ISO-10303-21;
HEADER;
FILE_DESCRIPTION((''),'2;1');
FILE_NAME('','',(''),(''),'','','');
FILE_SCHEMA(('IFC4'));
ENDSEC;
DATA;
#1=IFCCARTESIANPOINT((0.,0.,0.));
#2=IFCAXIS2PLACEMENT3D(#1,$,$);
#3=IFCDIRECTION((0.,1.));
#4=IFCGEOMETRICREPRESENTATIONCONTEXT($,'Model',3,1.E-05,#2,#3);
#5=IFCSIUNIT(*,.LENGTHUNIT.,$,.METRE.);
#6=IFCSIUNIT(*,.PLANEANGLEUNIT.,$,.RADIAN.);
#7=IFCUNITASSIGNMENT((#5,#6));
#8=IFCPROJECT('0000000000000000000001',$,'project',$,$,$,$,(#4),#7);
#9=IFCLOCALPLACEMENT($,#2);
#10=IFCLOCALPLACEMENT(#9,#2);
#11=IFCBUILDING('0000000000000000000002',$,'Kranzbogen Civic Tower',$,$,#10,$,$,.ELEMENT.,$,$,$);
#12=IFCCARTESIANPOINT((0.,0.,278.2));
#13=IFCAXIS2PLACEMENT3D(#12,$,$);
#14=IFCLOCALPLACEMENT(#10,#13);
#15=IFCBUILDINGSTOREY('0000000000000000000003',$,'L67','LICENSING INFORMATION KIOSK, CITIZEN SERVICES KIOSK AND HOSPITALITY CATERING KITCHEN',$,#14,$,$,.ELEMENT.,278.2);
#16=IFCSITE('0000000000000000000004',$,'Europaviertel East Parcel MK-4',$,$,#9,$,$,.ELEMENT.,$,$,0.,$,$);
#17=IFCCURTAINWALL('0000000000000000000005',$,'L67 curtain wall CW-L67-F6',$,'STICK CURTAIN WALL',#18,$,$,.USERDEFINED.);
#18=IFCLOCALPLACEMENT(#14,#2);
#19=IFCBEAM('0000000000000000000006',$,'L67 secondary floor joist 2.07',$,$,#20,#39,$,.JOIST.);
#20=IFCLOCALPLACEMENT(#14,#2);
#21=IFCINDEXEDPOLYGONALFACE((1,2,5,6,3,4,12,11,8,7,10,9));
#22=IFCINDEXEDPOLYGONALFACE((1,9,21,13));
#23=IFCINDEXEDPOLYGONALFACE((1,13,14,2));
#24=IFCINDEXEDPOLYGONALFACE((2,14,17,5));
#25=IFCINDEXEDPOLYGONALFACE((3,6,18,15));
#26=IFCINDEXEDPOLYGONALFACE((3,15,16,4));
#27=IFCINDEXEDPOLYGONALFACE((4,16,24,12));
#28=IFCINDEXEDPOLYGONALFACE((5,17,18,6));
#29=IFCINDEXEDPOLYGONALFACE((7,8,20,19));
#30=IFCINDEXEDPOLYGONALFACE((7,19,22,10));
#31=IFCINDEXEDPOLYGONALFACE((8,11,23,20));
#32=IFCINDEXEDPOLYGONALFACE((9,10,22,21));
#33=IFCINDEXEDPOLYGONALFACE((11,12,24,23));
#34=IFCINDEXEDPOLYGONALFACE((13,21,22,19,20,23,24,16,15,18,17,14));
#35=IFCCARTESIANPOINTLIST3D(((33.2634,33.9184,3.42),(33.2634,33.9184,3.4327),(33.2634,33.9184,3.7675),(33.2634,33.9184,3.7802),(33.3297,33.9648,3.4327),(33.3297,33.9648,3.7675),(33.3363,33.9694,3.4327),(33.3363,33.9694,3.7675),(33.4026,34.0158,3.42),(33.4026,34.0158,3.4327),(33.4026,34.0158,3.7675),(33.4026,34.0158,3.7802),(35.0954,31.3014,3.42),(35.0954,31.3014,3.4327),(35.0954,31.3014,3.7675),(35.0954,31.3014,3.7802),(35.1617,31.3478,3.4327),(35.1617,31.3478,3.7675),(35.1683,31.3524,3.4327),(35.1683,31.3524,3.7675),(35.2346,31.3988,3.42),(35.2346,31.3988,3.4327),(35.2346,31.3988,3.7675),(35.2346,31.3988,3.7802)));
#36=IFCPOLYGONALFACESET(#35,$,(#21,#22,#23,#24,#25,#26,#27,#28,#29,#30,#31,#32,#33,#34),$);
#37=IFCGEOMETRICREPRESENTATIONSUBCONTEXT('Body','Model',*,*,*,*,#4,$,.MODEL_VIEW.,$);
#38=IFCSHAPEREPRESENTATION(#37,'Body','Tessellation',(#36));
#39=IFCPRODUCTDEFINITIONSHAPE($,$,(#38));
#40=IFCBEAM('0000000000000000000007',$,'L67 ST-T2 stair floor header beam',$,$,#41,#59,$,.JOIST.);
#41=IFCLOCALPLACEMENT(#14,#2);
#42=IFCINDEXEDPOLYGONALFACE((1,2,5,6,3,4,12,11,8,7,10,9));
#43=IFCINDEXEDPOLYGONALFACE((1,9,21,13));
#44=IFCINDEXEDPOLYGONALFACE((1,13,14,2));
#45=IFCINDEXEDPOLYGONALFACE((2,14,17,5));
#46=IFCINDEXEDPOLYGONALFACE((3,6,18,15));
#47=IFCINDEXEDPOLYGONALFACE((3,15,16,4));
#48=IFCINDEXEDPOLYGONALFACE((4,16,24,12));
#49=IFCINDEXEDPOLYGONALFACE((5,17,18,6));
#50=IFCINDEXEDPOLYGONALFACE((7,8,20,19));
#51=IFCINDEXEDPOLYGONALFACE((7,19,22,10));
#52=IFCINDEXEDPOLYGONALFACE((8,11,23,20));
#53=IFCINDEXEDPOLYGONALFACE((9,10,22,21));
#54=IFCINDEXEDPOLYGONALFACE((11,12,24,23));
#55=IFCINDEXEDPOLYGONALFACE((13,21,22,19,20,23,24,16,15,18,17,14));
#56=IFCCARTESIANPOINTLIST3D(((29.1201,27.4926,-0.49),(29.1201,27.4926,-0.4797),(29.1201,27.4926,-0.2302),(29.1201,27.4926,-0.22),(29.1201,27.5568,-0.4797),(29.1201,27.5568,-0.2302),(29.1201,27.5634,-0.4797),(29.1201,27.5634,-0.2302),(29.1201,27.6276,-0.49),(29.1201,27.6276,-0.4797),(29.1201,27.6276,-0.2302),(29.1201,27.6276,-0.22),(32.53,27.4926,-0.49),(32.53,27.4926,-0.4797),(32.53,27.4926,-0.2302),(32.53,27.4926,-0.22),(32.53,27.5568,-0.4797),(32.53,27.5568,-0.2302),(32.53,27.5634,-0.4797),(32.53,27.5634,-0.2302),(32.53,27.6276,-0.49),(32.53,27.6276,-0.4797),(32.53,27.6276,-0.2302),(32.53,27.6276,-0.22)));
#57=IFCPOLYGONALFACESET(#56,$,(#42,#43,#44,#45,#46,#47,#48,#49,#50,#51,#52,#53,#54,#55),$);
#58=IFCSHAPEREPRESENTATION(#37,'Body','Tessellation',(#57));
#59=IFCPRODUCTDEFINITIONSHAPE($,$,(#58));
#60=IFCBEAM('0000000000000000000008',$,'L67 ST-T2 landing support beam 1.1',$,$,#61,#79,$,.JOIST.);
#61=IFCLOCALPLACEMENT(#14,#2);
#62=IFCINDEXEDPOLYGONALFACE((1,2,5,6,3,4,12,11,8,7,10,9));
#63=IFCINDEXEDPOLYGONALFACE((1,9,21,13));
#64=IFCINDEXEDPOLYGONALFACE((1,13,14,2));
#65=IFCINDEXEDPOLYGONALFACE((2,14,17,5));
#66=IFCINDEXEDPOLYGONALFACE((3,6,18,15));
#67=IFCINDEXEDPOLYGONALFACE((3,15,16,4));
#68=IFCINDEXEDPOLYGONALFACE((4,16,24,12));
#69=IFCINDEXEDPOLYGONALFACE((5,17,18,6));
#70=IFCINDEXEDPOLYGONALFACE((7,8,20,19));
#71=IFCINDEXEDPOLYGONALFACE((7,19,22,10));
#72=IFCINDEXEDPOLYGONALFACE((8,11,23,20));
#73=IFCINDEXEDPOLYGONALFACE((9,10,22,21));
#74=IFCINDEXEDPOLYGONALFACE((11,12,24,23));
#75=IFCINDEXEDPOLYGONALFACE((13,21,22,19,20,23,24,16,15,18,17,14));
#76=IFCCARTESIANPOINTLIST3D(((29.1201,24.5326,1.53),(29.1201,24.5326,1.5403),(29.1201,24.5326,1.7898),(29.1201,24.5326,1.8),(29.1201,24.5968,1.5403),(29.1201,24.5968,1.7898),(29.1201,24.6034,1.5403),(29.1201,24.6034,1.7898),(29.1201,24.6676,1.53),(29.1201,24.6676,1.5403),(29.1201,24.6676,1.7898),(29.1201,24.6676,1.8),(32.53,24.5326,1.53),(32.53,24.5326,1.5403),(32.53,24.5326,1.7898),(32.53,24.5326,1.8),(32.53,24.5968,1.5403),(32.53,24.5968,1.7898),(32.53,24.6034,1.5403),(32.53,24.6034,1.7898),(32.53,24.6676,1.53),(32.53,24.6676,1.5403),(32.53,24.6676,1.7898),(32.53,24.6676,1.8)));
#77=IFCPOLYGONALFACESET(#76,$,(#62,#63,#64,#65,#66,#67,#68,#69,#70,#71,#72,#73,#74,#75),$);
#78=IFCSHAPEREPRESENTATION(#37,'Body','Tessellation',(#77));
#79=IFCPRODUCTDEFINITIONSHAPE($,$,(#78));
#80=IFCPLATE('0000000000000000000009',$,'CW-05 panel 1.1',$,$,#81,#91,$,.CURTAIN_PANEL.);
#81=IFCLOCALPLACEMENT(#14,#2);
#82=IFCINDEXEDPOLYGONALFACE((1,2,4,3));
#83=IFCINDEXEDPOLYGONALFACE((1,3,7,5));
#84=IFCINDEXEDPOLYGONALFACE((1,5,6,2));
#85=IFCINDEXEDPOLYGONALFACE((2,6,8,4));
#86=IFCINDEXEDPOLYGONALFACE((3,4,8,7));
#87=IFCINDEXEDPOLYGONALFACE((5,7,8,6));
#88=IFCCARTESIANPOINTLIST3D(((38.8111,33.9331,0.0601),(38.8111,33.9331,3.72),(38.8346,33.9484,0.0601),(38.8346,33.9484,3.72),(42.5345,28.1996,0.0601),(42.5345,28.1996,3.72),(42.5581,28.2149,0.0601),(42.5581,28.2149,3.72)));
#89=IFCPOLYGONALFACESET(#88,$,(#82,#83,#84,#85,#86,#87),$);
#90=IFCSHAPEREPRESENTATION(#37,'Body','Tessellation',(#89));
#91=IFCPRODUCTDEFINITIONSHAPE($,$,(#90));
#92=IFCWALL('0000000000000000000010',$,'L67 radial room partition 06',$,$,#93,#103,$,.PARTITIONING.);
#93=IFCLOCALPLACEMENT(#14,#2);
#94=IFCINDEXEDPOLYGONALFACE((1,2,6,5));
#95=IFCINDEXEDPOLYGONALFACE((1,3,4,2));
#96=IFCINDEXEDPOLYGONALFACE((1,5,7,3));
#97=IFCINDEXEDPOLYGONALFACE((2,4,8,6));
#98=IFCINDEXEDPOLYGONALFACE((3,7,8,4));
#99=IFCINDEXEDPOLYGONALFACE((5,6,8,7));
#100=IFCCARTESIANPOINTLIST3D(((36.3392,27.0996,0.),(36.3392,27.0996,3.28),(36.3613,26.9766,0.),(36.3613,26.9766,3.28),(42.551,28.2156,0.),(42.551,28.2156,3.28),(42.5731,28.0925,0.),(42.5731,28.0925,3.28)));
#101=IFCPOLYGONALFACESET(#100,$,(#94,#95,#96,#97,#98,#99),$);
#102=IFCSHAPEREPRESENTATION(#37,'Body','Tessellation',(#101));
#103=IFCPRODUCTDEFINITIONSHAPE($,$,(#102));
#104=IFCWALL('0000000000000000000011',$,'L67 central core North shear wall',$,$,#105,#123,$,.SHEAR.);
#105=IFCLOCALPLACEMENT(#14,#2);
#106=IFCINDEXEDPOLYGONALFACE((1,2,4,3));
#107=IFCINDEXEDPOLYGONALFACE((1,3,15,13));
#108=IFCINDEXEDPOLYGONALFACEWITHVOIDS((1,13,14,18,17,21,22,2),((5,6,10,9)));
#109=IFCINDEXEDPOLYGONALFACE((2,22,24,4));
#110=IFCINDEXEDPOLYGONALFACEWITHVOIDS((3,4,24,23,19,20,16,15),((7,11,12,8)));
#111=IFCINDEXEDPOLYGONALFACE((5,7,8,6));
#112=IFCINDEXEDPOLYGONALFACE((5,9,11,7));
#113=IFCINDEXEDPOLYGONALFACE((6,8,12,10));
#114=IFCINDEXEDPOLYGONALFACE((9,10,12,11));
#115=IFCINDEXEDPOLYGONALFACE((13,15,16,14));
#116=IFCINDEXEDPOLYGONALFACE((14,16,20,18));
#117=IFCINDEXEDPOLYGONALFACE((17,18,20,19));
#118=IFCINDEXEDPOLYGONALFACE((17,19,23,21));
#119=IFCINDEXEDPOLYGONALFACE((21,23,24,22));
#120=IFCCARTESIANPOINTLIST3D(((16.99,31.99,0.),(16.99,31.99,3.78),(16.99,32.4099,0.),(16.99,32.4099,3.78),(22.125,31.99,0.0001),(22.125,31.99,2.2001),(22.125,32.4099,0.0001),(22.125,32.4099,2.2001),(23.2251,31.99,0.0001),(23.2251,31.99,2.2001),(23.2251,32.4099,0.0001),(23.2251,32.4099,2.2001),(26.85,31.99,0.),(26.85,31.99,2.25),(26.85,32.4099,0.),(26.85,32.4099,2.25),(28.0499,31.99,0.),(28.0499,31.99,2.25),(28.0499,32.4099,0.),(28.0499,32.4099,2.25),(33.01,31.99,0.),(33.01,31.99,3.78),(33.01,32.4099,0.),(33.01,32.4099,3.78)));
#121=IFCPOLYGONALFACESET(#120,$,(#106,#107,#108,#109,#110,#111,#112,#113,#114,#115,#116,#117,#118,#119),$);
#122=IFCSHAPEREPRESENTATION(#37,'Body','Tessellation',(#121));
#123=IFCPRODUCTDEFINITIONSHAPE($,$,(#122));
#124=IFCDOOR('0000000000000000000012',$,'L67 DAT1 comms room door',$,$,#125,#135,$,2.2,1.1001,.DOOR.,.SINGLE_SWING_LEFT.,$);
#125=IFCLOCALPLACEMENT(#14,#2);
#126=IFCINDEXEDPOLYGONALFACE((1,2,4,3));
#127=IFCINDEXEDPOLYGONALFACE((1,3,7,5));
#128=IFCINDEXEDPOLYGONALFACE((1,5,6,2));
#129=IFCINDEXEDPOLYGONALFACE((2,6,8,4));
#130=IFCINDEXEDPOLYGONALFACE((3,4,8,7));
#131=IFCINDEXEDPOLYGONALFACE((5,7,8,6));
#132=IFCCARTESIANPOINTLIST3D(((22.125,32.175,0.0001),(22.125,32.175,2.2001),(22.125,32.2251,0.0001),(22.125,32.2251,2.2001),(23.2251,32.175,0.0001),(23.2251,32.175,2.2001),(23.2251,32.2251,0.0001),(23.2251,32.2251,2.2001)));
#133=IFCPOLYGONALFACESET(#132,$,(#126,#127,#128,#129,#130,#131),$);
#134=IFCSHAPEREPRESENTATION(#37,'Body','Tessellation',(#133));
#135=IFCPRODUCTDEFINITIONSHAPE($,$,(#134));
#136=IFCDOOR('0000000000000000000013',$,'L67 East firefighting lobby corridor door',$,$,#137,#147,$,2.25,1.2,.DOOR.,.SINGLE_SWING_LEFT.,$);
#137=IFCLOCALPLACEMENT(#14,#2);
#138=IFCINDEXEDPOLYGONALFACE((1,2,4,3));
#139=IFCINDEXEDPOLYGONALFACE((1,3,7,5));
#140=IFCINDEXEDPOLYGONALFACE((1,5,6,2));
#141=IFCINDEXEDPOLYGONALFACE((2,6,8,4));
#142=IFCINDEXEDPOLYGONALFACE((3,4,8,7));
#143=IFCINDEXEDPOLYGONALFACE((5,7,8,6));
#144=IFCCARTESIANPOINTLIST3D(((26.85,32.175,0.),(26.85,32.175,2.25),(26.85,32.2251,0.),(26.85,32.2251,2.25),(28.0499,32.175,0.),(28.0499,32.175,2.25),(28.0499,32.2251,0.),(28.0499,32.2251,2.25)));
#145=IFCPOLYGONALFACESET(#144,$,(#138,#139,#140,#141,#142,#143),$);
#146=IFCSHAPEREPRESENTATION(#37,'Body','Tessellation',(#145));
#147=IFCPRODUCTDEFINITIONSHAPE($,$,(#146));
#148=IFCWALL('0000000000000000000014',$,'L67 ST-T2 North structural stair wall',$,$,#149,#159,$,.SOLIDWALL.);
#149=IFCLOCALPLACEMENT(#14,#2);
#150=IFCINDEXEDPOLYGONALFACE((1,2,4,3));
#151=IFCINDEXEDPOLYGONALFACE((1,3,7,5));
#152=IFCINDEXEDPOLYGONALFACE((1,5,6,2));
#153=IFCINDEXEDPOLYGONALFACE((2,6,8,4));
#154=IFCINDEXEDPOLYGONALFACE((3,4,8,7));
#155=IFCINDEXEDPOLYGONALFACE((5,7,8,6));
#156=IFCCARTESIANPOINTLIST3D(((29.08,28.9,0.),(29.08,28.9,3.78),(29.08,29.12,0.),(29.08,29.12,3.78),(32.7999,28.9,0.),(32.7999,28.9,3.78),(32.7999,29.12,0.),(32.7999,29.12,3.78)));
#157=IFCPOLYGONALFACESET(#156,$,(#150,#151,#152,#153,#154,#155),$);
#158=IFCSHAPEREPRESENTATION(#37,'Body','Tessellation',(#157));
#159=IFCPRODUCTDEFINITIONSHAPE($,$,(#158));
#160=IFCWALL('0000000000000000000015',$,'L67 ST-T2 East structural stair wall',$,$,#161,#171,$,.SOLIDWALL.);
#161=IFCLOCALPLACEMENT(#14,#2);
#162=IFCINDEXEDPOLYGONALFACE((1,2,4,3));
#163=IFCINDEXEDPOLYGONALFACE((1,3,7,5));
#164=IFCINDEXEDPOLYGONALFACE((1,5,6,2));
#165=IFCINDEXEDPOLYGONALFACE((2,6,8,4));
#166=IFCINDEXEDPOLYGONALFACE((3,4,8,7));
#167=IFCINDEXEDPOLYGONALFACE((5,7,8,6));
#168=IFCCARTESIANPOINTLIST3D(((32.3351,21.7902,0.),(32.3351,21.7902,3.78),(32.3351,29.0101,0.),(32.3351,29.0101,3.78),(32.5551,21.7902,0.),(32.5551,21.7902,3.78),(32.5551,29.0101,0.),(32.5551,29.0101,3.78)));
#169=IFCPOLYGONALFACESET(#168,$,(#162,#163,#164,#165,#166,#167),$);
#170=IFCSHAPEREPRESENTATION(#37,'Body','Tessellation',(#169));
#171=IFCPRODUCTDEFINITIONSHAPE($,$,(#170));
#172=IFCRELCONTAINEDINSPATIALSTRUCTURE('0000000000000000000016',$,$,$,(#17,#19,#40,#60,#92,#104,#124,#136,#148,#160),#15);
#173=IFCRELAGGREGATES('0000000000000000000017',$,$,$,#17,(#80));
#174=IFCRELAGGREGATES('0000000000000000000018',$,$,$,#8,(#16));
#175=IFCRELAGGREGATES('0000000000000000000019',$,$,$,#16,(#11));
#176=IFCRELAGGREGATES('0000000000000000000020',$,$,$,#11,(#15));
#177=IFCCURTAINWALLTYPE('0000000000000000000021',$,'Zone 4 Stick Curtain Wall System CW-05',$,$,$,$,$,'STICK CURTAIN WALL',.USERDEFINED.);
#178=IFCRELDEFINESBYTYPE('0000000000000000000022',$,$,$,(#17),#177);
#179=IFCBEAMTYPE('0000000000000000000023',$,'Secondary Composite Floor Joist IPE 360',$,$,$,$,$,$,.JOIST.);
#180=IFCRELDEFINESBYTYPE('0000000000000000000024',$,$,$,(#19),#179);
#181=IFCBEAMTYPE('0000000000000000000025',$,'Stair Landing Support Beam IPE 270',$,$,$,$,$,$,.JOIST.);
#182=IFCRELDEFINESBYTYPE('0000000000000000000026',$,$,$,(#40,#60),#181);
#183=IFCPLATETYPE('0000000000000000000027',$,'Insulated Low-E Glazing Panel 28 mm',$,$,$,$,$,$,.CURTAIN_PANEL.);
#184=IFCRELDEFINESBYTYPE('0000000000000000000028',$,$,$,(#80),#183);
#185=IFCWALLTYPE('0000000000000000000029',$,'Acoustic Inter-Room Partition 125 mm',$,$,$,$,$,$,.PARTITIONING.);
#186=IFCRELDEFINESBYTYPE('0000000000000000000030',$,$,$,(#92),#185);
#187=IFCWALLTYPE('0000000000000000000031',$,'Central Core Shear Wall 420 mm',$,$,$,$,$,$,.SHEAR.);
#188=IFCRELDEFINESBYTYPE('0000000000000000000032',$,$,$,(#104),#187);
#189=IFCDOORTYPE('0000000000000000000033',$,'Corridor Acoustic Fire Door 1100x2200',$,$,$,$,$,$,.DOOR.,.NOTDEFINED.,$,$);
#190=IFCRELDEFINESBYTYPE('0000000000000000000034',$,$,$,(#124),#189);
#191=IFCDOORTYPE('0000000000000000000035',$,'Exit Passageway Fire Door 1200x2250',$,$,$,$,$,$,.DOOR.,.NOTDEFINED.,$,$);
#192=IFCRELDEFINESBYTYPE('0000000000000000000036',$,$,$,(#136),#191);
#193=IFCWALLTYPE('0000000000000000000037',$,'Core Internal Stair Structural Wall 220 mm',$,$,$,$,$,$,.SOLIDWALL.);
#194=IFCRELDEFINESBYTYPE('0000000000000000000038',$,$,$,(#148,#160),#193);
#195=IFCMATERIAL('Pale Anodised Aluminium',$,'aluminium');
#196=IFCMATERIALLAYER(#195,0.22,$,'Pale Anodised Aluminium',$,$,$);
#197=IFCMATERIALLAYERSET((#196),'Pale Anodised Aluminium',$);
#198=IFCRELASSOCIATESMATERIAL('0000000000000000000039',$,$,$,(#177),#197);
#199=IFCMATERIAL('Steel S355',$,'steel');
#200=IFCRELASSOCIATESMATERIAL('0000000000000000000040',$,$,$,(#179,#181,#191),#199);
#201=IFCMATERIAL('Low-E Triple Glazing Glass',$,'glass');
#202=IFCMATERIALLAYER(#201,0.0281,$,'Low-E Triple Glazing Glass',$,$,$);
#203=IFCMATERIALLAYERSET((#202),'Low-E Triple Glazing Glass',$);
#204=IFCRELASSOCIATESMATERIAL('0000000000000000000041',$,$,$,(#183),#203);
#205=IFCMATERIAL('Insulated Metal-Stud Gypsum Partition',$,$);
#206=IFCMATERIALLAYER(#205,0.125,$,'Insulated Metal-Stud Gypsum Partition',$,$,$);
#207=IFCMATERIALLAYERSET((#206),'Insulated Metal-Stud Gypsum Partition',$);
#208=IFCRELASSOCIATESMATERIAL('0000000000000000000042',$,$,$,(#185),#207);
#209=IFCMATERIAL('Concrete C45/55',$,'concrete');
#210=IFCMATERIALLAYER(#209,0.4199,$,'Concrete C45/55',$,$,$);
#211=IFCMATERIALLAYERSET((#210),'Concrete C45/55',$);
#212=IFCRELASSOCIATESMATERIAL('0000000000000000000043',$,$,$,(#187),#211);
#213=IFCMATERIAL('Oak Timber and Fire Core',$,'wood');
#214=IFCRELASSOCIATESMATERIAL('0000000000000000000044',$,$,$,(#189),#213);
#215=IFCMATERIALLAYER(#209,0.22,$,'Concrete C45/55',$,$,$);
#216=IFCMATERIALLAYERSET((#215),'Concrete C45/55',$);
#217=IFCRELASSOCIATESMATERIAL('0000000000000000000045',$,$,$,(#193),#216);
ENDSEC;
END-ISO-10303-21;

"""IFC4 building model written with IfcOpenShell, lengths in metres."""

from ifc_helpers import new_model, si_unit, direction, frame, frame_2d, origin, origin_2d, place, context, subcontext, project, spatial, rectangle, i_section, extrude, material, layer, layer_set, material_profile, profile_set, type_object, element, fill, aggregate, save


model = new_model("IFC4")

# Units and contexts
model_context = context("Model", 3, precision=1e-05, world=origin(), true_north=direction((0.0, 1.0)))
body_context = subcontext(model_context, "Body", "Model", "MODEL_VIEW")
ifc_project = project(units=[si_unit("LENGTHUNIT", "METRE"), si_unit("PLANEANGLEUNIT", "RADIAN")], contexts=[model_context])

# Site, building, storey
site_placement = place(None, origin())
site = spatial("IfcSite", under=ifc_project, at=site_placement, Name="Europaviertel East Parcel MK-4", CompositionType="ELEMENT", RefElevation=0.0)
building_placement = place(site_placement, origin())
building = spatial("IfcBuilding", under=site, at=building_placement, Name="Kranzbogen Civic Tower", CompositionType="ELEMENT")
storey_placement = place(building_placement, frame((0.0, 0.0, 278.2)))
storey = spatial("IfcBuildingStorey", under=building, at=storey_placement, Name="L67", Description="LICENSING INFORMATION KIOSK, CITIZEN SERVICES KIOSK AND HOSPITALITY CATERING KITCHEN", CompositionType="ELEMENT", Elevation=278.2)

# Shared definitions
ifc_material_1 = material(Name="Steel S355", Category="steel")

# Shared definitions
ifc_material_2 = material(Name="Pale Anodised Aluminium", Category="aluminium")
ifc_layer_1 = layer(ifc_material_2, 0.22, Name="Pale Anodised Aluminium")
ifc_layer_set_1 = layer_set([ifc_layer_1], Name="Pale Anodised Aluminium")
curtain_wall_type = type_object("IfcCurtainWallType", Name="Zone 4 Stick Curtain Wall System CW-05", ElementType="STICK CURTAIN WALL", PredefinedType="USERDEFINED", material=ifc_layer_set_1)

# Curtain wall
curtain_wall_1_placement = place(storey_placement, origin())
curtain_wall_1 = element("IfcCurtainWall", 1, at=curtain_wall_1_placement, inside=storey, type_object=curtain_wall_type, Name="L67 curtain wall CW-L67-F6", ObjectType="STICK CURTAIN WALL", PredefinedType="USERDEFINED")

# Beams
ifc_material_profile_1 = material_profile(ifc_material_1, i_section(OverallWidth=0.1699, OverallDepth=0.3601, WebThickness=0.0081, FlangeThickness=0.0127, at=origin_2d()), Name="IPE 360")
ifc_profile_set_1 = profile_set([ifc_material_profile_1], Name="Steel S355")
beam_type_1 = type_object("IfcBeamType", Name="Secondary Composite Floor Joist IPE 360", PredefinedType="JOIST", material=ifc_profile_set_1)
beam_1_placement = place(storey_placement, frame((35.165, 31.3501, 3.6001), z_axis=(-0.573498, 0.819207, 0.0), x_axis=(-0.819207, -0.573498, 0.0)))
element("IfcBeam", 2, at=beam_1_placement, inside=storey, type_object=beam_type_1, Name="L67 secondary floor joist 2.07", PredefinedType="JOIST", context=body_context, shape_type="SweptSolid", body=[
    extrude(i_section(OverallWidth=0.1699, OverallDepth=0.3601, WebThickness=0.0081, FlangeThickness=0.0127, at=origin_2d()), origin(), (0.0, 0.0, 1.0), 3.1946),
])
ifc_material_profile_2 = material_profile(ifc_material_1, i_section(OverallWidth=0.135, OverallDepth=0.27, WebThickness=0.0066, FlangeThickness=0.0103, at=origin_2d()), Name="IPE 270")
ifc_profile_set_2 = profile_set([ifc_material_profile_2], Name="Steel S355")
beam_type_2 = type_object("IfcBeamType", Name="Stair Landing Support Beam IPE 270", PredefinedType="JOIST", material=ifc_profile_set_2)
for number, where, z_axis, x_axis, name in (
    (3, (29.1201, 27.5601, -0.355), (1.0, 0.0, 0.0), (0.0, 1.0, 0.0), "L67 ST-T2 stair floor header beam"),
    (4, (29.1201, 24.6001, 1.665), (1.0, 0.0, 0.0), (0.0, 1.0, 0.0), "L67 ST-T2 landing support beam 1.1"),
):
    element("IfcBeam", number, at=place(storey_placement, frame(where, z_axis=z_axis, x_axis=x_axis)), inside=storey, type_object=beam_type_2, Name=name, PredefinedType="JOIST", context=body_context, shape_type="SweptSolid", body=[
        extrude(i_section(OverallWidth=0.135, OverallDepth=0.27, WebThickness=0.0066, FlangeThickness=0.0103, at=origin_2d()), origin(), (0.0, 0.0, 1.0), 3.4099),
    ])

# Plate
ifc_material_3 = material(Name="Low-E Triple Glazing Glass", Category="glass")
ifc_layer_2 = layer(ifc_material_3, 0.0281, Name="Low-E Triple Glazing Glass")
ifc_layer_set_2 = layer_set([ifc_layer_2], Name="Low-E Triple Glazing Glass")
plate_type = type_object("IfcPlateType", Name="Insulated Low-E Glazing Panel 28 mm", PredefinedType="CURTAIN_PANEL", material=ifc_layer_set_2)
plate_placement = place(storey_placement, frame((40.6846, 31.074, 0.0601), z_axis=(0.0, 0.0, 1.0), x_axis=(-0.544648, 0.838665, 0.0)))
plate = element("IfcPlate", 5, at=plate_placement, type_object=plate_type, Name="CW-05 panel 1.1", PredefinedType="CURTAIN_PANEL", context=body_context, shape_type="SweptSolid", body=[
    extrude(rectangle(XDim=6.8364, YDim=0.0281, at=origin_2d()), origin(), (0.0, 0.0, 1.0), 3.6599),
])
aggregate(curtain_wall_1, [plate])

# Wall
ifc_material_4 = material(Name="Insulated Metal-Stud Gypsum Partition")
ifc_layer_3 = layer(ifc_material_4, 0.125, Name="Insulated Metal-Stud Gypsum Partition")
ifc_layer_set_3 = layer_set([ifc_layer_3], Name="Insulated Metal-Stud Gypsum Partition")
wall_type_1 = type_object("IfcWallType", Name="Acoustic Inter-Room Partition 125 mm", PredefinedType="PARTITIONING", material=ifc_layer_set_3)
wall_1_placement = place(storey_placement, frame((36.3501, 27.0381, 0.0), z_axis=(0.0, 0.0, 1.0), x_axis=(0.984243, 0.176819, 0.0)))
element("IfcWall", 6, at=wall_1_placement, inside=storey, type_object=wall_type_1, Name="L67 radial room partition 06", PredefinedType="PARTITIONING", context=body_context, shape_type="SweptSolid", body=[
    extrude(rectangle(XDim=6.3113, YDim=0.125, at=frame_2d((3.1558, 0.0))), origin(), (0.0, 0.0, 1.0), 3.28),
])

# Wall, openings, doors
ifc_material_5 = material(Name="Concrete C45/55", Category="concrete")
ifc_layer_4 = layer(ifc_material_5, 0.4199, Name="Concrete C45/55")
ifc_layer_set_4 = layer_set([ifc_layer_4], Name="Concrete C45/55")
wall_type_2 = type_object("IfcWallType", Name="Central Core Shear Wall 420 mm", PredefinedType="SHEAR", material=ifc_layer_set_4)
wall_2_placement = place(storey_placement, frame((33.01, 32.2, 0.0), z_axis=(0.0, 0.0, 1.0), x_axis=(-1.0, 0.0, 0.0)))
wall_2 = element("IfcWall", 7, at=wall_2_placement, inside=storey, type_object=wall_type_2, Name="L67 central core North shear wall", PredefinedType="SHEAR", context=body_context, shape_type="SweptSolid", body=[
    extrude(rectangle(XDim=16.02, YDim=0.4199, at=frame_2d((8.01, 0.0))), origin(), (0.0, 0.0, 1.0), 3.78),
])
opening_1_placement = place(wall_2_placement, frame((4.96, 0.0, 0.0)))
opening_1 = element("IfcOpeningElement", 8, at=opening_1_placement, cuts=wall_2, PredefinedType="OPENING", context=body_context, shape_type="SweptSolid", body=[
    extrude(rectangle(XDim=1.2, YDim=2.25, at=frame_2d((0.6001, 1.125))), frame((0.0, 0.22, 0.0), z_axis=(0.0, -1.0, 0.0), x_axis=(1.0, 0.0, 0.0)), (0.0, 0.0, 1.0), 0.4399),
])
opening_2_placement = place(wall_2_placement, frame((9.7849, 0.0, 0.0)))
opening_2 = element("IfcOpeningElement", 9, at=opening_2_placement, cuts=wall_2, PredefinedType="OPENING", context=body_context, shape_type="SweptSolid", body=[
    extrude(rectangle(XDim=1.1001, YDim=2.2, at=frame_2d((0.55, 1.1001))), frame((0.0, 0.22, 0.0), z_axis=(0.0, -1.0, 0.0), x_axis=(1.0, 0.0, 0.0)), (0.0, 0.0, 1.0), 0.4399),
])
ifc_material_6 = material(Name="Oak Timber and Fire Core", Category="wood")
door_type_1 = type_object("IfcDoorType", Name="Corridor Acoustic Fire Door 1100x2200", OperationType="NOTDEFINED", PredefinedType="DOOR", material=ifc_material_6)
door_1_placement = place(opening_2_placement, origin())
door_1 = element("IfcDoor", 10, at=door_1_placement, inside=storey, type_object=door_type_1, Name="L67 DAT1 comms room door", OperationType="SINGLE_SWING_LEFT", OverallHeight=2.2, OverallWidth=1.1001, PredefinedType="DOOR", context=body_context, shape_type="SweptSolid", body=[
    extrude(rectangle(XDim=1.1001, YDim=2.2, at=frame_2d((0.55, 1.1001))), frame((0.0, 0.0249, 0.0), z_axis=(0.0, -1.0, 0.0), x_axis=(1.0, 0.0, 0.0)), (0.0, 0.0, 1.0), 0.05),
])
fill(opening_2, door_1)
door_type_2 = type_object("IfcDoorType", Name="Exit Passageway Fire Door 1200x2250", OperationType="NOTDEFINED", PredefinedType="DOOR", material=ifc_material_1)
door_2_placement = place(opening_1_placement, origin())
door_2 = element("IfcDoor", 11, at=door_2_placement, inside=storey, type_object=door_type_2, Name="L67 East firefighting lobby corridor door", OperationType="SINGLE_SWING_LEFT", OverallHeight=2.25, OverallWidth=1.2, PredefinedType="DOOR", context=body_context, shape_type="SweptSolid", body=[
    extrude(rectangle(XDim=1.2, YDim=2.25, at=frame_2d((0.6001, 1.125))), frame((0.0, 0.0249, 0.0), z_axis=(0.0, -1.0, 0.0), x_axis=(1.0, 0.0, 0.0)), (0.0, 0.0, 1.0), 0.05),
])
fill(opening_1, door_2)

# Walls
ifc_layer_5 = layer(ifc_material_5, 0.22, Name="Concrete C45/55")
ifc_layer_set_5 = layer_set([ifc_layer_5], Name="Concrete C45/55")
wall_type_3 = type_object("IfcWallType", Name="Core Internal Stair Structural Wall 220 mm", PredefinedType="SOLIDWALL", material=ifc_layer_set_5)
wall_3_placement = place(storey_placement, frame((29.0801, 29.01, 0.0), z_axis=(0.0, 0.0, 1.0), x_axis=(1.0, 0.0, 0.0)))
element("IfcWall", 12, at=wall_3_placement, inside=storey, type_object=wall_type_3, Name="L67 ST-T2 North structural stair wall", PredefinedType="SOLIDWALL", context=body_context, shape_type="SweptSolid", body=[
    extrude(rectangle(XDim=3.72, YDim=0.22, at=frame_2d((1.8599, 0.0))), origin(), (0.0, 0.0, 1.0), 3.78),
])
wall_4_placement = place(storey_placement, frame((32.4451, 29.01, 0.0), z_axis=(0.0, 0.0, 1.0), x_axis=(0.0, -1.0, 0.0)))
element("IfcWall", 13, at=wall_4_placement, inside=storey, type_object=wall_type_3, Name="L67 ST-T2 East structural stair wall", PredefinedType="SOLIDWALL", context=body_context, shape_type="SweptSolid", body=[
    extrude(rectangle(XDim=7.22, YDim=0.22, at=frame_2d((3.6099, 0.0))), origin(), (0.0, 0.0, 1.0), 3.78),
])

save(model, "model.ifc")
